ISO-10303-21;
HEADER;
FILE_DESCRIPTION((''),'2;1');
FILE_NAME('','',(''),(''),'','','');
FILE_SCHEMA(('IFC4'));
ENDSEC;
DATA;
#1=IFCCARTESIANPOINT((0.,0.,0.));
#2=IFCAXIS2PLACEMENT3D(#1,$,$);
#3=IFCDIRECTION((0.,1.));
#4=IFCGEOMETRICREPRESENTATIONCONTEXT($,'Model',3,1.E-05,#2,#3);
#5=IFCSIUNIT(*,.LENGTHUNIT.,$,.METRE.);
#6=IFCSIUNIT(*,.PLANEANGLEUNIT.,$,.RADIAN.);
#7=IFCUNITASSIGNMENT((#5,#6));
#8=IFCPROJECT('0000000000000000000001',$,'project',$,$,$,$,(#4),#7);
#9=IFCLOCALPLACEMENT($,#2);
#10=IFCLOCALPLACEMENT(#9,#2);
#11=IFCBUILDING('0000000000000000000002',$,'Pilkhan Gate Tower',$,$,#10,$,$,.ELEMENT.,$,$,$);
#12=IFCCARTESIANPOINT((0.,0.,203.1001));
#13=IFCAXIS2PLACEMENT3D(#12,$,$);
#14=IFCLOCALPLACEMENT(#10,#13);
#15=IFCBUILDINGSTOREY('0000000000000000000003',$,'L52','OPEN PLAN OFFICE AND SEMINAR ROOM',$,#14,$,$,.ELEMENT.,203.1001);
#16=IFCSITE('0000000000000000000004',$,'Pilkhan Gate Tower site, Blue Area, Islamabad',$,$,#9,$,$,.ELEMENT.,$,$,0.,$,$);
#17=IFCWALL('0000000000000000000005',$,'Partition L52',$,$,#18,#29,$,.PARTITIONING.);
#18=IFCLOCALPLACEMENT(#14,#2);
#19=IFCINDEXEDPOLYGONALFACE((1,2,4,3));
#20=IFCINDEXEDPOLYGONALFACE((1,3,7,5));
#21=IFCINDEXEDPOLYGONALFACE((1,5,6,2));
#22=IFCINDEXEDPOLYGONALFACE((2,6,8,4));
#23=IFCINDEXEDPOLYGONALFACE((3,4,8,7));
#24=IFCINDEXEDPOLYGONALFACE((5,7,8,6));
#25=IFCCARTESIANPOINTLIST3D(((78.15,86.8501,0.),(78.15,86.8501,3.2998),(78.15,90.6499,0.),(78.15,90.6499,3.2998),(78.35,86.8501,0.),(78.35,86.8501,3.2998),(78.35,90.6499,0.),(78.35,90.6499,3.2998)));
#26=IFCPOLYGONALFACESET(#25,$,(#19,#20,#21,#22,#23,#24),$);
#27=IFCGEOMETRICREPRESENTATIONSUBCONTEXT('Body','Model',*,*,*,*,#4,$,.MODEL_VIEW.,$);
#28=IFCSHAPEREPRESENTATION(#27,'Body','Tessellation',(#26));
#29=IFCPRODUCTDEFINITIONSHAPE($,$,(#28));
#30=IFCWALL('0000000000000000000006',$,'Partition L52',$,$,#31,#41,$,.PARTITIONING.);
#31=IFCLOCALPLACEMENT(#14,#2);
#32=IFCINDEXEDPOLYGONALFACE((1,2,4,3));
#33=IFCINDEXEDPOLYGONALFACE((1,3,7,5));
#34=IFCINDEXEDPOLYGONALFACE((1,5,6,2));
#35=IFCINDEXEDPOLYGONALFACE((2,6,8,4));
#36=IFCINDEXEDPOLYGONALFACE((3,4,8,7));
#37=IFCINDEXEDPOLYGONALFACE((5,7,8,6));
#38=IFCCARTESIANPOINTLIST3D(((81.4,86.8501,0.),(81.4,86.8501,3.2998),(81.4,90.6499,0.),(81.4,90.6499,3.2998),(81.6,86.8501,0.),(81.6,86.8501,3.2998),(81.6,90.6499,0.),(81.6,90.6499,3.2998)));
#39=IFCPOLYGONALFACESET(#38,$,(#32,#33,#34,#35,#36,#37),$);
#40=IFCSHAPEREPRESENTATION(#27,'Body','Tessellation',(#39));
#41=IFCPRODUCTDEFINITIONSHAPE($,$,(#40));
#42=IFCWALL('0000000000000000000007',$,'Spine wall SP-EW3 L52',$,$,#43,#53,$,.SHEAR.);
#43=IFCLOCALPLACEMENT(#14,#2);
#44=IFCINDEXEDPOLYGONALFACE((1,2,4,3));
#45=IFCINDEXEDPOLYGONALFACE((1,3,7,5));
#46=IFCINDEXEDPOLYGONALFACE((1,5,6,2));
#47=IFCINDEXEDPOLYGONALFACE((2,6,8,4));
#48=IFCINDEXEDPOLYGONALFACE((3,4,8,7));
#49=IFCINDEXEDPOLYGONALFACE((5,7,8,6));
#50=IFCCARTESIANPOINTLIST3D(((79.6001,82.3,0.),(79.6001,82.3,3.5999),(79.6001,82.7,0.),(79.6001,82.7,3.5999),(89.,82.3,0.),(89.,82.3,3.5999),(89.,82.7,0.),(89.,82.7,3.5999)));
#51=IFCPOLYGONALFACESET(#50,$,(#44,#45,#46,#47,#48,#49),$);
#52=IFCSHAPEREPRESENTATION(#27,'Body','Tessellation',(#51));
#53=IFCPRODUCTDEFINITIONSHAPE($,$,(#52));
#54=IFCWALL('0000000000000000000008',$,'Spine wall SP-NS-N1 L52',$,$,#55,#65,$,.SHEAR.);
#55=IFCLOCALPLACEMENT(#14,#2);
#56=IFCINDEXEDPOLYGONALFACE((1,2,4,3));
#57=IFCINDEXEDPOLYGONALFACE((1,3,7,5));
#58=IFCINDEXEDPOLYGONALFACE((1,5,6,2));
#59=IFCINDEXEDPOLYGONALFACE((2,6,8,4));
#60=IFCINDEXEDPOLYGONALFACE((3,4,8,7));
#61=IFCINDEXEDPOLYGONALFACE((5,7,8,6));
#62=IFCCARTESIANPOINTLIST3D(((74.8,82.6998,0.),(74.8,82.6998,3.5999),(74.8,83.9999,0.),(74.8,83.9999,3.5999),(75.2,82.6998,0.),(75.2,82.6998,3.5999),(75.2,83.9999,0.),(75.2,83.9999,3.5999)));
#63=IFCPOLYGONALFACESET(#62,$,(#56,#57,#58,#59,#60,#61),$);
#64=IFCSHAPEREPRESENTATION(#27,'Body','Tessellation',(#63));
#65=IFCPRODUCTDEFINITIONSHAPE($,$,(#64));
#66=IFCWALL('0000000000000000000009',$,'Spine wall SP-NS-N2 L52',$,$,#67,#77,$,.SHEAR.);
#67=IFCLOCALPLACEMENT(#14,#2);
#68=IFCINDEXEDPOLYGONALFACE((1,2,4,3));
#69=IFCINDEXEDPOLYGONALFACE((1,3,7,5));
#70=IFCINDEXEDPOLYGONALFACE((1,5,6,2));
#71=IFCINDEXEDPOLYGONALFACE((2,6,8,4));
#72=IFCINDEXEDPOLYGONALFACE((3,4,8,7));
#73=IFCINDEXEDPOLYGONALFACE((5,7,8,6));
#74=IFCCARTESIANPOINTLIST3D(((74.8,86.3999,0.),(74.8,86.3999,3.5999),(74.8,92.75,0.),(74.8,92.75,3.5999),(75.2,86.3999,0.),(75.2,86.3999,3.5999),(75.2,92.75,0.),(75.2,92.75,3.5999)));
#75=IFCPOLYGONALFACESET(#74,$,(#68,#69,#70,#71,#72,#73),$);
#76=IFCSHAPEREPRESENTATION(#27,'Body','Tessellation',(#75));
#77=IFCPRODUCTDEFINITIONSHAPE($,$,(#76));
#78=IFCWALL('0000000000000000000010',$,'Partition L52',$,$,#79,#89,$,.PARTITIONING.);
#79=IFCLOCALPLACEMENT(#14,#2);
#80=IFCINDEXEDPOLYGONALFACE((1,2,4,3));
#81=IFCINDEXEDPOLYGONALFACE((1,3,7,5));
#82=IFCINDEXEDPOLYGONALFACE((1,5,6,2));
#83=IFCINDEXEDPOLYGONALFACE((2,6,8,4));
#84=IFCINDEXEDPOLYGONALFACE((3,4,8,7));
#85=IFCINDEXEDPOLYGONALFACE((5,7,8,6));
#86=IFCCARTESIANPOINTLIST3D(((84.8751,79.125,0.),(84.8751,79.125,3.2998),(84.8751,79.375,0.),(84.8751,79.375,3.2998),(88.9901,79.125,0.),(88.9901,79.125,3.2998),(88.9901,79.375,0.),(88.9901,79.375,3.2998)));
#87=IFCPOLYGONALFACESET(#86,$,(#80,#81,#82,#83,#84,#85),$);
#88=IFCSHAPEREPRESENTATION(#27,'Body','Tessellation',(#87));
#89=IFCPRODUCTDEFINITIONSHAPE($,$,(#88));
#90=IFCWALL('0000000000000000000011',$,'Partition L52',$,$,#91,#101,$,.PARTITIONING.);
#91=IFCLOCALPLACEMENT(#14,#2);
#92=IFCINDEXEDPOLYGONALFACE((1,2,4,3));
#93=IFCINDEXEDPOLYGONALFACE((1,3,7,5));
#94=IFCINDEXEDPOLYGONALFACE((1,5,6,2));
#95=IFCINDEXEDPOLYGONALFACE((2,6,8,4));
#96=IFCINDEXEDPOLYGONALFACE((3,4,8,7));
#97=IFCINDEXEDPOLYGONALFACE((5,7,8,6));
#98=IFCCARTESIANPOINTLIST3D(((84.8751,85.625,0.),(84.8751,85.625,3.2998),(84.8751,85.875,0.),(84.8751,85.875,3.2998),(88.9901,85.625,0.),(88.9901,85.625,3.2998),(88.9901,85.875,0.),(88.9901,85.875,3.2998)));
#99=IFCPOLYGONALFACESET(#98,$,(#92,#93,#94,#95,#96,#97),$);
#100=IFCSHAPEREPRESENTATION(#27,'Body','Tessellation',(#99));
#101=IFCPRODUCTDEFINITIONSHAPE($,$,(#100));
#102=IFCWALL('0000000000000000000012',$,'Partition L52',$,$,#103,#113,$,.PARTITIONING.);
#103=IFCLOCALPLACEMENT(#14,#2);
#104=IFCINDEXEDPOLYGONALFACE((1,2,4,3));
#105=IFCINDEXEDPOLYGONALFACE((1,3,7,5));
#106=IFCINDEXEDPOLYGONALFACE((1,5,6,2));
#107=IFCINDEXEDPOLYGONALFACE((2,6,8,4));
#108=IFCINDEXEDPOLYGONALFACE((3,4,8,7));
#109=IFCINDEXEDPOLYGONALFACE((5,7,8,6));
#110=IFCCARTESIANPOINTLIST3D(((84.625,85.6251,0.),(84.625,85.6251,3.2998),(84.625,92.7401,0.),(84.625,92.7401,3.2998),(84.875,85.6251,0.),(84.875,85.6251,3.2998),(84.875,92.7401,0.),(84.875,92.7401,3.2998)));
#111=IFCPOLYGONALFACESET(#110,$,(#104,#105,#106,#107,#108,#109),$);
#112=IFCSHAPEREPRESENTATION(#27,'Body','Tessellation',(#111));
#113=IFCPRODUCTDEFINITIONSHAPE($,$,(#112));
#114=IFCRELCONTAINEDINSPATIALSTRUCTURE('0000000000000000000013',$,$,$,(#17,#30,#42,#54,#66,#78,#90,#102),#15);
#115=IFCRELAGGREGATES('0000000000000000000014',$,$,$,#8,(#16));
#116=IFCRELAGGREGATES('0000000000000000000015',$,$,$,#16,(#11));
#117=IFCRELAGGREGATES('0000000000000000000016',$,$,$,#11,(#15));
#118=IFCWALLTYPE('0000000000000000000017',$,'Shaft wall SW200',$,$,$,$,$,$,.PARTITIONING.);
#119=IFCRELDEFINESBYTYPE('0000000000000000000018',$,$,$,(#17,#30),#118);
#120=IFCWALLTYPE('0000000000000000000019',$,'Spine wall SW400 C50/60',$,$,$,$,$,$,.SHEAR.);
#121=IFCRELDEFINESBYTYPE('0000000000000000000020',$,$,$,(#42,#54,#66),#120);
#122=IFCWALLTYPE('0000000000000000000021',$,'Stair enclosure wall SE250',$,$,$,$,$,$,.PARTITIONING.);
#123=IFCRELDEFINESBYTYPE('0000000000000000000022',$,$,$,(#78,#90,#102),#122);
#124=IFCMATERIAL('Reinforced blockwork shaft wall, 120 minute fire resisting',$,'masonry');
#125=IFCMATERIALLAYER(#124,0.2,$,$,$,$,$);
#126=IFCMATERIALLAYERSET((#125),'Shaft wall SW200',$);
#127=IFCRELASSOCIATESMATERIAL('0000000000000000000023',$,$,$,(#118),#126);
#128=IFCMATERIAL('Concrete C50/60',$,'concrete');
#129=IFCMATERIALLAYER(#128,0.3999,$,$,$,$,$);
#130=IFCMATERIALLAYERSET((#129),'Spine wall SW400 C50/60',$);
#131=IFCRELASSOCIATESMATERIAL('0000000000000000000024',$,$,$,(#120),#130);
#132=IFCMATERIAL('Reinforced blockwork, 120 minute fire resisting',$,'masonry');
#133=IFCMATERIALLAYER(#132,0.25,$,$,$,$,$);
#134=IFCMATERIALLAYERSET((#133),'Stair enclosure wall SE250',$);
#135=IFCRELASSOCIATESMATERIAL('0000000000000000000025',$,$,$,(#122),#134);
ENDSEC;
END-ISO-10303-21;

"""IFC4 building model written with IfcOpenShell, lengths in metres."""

from ifc_helpers import new_model, si_unit, direction, frame, frame_2d, origin, place, context, subcontext, project, spatial, rectangle, extrude, material, layer, layer_set, type_object, element, save


model = new_model("IFC4")

# Units and contexts
model_context = context("Model", 3, precision=1e-05, world=origin(), true_north=direction((0.0, 1.0)))
body_context = subcontext(model_context, "Body", "Model", "MODEL_VIEW")
ifc_project = project(units=[si_unit("LENGTHUNIT", "METRE"), si_unit("PLANEANGLEUNIT", "RADIAN")], contexts=[model_context])

# Site, building, storey
site_placement = place(None, origin())
site = spatial("IfcSite", under=ifc_project, at=site_placement, Name="Pilkhan Gate Tower site, Blue Area, Islamabad", CompositionType="ELEMENT", RefElevation=0.0)
building_placement = place(site_placement, origin())
building = spatial("IfcBuilding", under=site, at=building_placement, Name="Pilkhan Gate Tower", CompositionType="ELEMENT")
storey_placement = place(building_placement, frame((0.0, 0.0, 203.1001)))
storey = spatial("IfcBuildingStorey", under=building, at=storey_placement, Name="L52", Description="OPEN PLAN OFFICE AND SEMINAR ROOM", CompositionType="ELEMENT", Elevation=203.1001)

# Shared definitions
ifc_material_1 = material(Name="Concrete C50/60", Category="concrete")

# Shared definitions
ifc_material_2 = material(Name="Reinforced blockwork shaft wall, 120 minute fire resisting", Category="masonry")
ifc_layer_1 = layer(ifc_material_2, 0.2)
ifc_layer_set_1 = layer_set([ifc_layer_1], Name="Shaft wall SW200")
wall_type_1 = type_object("IfcWallType", Name="Shaft wall SW200", PredefinedType="PARTITIONING", material=ifc_layer_set_1)

# Walls
for number, where, z_axis, x_axis, name in (
    (1, (78.25, 86.8501, 0.0), (0.0, 0.0, 1.0), (0.0, 1.0, 0.0), "Partition L52"),
    (2, (81.5, 86.8501, 0.0), (0.0, 0.0, 1.0), (0.0, 1.0, 0.0), "Partition L52"),
):
    element("IfcWall", number, at=place(storey_placement, frame(where, z_axis=z_axis, x_axis=x_axis)), inside=storey, type_object=wall_type_1, Name=name, PredefinedType="PARTITIONING", context=body_context, shape_type="SweptSolid", body=[
        extrude(rectangle(XDim=3.7998, YDim=0.2, at=frame_2d((1.8999, 0.0))), origin(), (0.0, 0.0, 1.0), 3.2998),
    ])
ifc_layer_2 = layer(ifc_material_1, 0.3999)
ifc_layer_set_2 = layer_set([ifc_layer_2], Name="Spine wall SW400 C50/60")
wall_type_2 = type_object("IfcWallType", Name="Spine wall SW400 C50/60", PredefinedType="SHEAR", material=ifc_layer_set_2)
wall_1_placement = place(storey_placement, frame((79.6001, 82.5, 0.0), z_axis=(0.0, 0.0, 1.0), x_axis=(1.0, 0.0, 0.0)))
element("IfcWall", 3, at=wall_1_placement, inside=storey, type_object=wall_type_2, Name="Spine wall SP-EW3 L52", PredefinedType="SHEAR", context=body_context, shape_type="SweptSolid", body=[
    extrude(rectangle(XDim=9.3999, YDim=0.3999, at=frame_2d((4.7, 0.0))), origin(), (0.0, 0.0, 1.0), 3.5999),
])
wall_2_placement = place(storey_placement, frame((75.0, 82.7, 0.0), z_axis=(0.0, 0.0, 1.0), x_axis=(0.0, 1.0, 0.0)))
element("IfcWall", 4, at=wall_2_placement, inside=storey, type_object=wall_type_2, Name="Spine wall SP-NS-N1 L52", PredefinedType="SHEAR", context=body_context, shape_type="SweptSolid", body=[
    extrude(rectangle(XDim=1.3, YDim=0.3999, at=frame_2d((0.6499, 0.0))), origin(), (0.0, 0.0, 1.0), 3.5999),
])
wall_3_placement = place(storey_placement, frame((75.0, 86.3999, 0.0), z_axis=(0.0, 0.0, 1.0), x_axis=(0.0, 1.0, 0.0)))
element("IfcWall", 5, at=wall_3_placement, inside=storey, type_object=wall_type_2, Name="Spine wall SP-NS-N2 L52", PredefinedType="SHEAR", context=body_context, shape_type="SweptSolid", body=[
    extrude(rectangle(XDim=6.3501, YDim=0.3999, at=frame_2d((3.175, 0.0))), origin(), (0.0, 0.0, 1.0), 3.5999),
])
ifc_material_3 = material(Name="Reinforced blockwork, 120 minute fire resisting", Category="masonry")
ifc_layer_3 = layer(ifc_material_3, 0.25)
ifc_layer_set_3 = layer_set([ifc_layer_3], Name="Stair enclosure wall SE250")
wall_type_3 = type_object("IfcWallType", Name="Stair enclosure wall SE250", PredefinedType="PARTITIONING", material=ifc_layer_set_3)
for number, where, z_axis, x_axis, name in (
    (6, (84.875, 79.25, 0.0), (0.0, 0.0, 1.0), (1.0, 0.0, 0.0), "Partition L52"),
    (7, (84.875, 85.75, 0.0), (0.0, 0.0, 1.0), (1.0, 0.0, 0.0), "Partition L52"),
):
    element("IfcWall", number, at=place(storey_placement, frame(where, z_axis=z_axis, x_axis=x_axis)), inside=storey, type_object=wall_type_3, Name=name, PredefinedType="PARTITIONING", context=body_context, shape_type="SweptSolid", body=[
        extrude(rectangle(XDim=4.115, YDim=0.25, at=frame_2d((2.0576, 0.0))), origin(), (0.0, 0.0, 1.0), 3.2998),
    ])
wall_4_placement = place(storey_placement, frame((84.75, 85.625, 0.0), z_axis=(0.0, 0.0, 1.0), x_axis=(0.0, 1.0, 0.0)))
element("IfcWall", 8, at=wall_4_placement, inside=storey, type_object=wall_type_3, Name="Partition L52", PredefinedType="PARTITIONING", context=body_context, shape_type="SweptSolid", body=[
    extrude(rectangle(XDim=7.115, YDim=0.25, at=frame_2d((3.5576, 0.0))), origin(), (0.0, 0.0, 1.0), 3.2998),
])

save(model, "model.ifc")
